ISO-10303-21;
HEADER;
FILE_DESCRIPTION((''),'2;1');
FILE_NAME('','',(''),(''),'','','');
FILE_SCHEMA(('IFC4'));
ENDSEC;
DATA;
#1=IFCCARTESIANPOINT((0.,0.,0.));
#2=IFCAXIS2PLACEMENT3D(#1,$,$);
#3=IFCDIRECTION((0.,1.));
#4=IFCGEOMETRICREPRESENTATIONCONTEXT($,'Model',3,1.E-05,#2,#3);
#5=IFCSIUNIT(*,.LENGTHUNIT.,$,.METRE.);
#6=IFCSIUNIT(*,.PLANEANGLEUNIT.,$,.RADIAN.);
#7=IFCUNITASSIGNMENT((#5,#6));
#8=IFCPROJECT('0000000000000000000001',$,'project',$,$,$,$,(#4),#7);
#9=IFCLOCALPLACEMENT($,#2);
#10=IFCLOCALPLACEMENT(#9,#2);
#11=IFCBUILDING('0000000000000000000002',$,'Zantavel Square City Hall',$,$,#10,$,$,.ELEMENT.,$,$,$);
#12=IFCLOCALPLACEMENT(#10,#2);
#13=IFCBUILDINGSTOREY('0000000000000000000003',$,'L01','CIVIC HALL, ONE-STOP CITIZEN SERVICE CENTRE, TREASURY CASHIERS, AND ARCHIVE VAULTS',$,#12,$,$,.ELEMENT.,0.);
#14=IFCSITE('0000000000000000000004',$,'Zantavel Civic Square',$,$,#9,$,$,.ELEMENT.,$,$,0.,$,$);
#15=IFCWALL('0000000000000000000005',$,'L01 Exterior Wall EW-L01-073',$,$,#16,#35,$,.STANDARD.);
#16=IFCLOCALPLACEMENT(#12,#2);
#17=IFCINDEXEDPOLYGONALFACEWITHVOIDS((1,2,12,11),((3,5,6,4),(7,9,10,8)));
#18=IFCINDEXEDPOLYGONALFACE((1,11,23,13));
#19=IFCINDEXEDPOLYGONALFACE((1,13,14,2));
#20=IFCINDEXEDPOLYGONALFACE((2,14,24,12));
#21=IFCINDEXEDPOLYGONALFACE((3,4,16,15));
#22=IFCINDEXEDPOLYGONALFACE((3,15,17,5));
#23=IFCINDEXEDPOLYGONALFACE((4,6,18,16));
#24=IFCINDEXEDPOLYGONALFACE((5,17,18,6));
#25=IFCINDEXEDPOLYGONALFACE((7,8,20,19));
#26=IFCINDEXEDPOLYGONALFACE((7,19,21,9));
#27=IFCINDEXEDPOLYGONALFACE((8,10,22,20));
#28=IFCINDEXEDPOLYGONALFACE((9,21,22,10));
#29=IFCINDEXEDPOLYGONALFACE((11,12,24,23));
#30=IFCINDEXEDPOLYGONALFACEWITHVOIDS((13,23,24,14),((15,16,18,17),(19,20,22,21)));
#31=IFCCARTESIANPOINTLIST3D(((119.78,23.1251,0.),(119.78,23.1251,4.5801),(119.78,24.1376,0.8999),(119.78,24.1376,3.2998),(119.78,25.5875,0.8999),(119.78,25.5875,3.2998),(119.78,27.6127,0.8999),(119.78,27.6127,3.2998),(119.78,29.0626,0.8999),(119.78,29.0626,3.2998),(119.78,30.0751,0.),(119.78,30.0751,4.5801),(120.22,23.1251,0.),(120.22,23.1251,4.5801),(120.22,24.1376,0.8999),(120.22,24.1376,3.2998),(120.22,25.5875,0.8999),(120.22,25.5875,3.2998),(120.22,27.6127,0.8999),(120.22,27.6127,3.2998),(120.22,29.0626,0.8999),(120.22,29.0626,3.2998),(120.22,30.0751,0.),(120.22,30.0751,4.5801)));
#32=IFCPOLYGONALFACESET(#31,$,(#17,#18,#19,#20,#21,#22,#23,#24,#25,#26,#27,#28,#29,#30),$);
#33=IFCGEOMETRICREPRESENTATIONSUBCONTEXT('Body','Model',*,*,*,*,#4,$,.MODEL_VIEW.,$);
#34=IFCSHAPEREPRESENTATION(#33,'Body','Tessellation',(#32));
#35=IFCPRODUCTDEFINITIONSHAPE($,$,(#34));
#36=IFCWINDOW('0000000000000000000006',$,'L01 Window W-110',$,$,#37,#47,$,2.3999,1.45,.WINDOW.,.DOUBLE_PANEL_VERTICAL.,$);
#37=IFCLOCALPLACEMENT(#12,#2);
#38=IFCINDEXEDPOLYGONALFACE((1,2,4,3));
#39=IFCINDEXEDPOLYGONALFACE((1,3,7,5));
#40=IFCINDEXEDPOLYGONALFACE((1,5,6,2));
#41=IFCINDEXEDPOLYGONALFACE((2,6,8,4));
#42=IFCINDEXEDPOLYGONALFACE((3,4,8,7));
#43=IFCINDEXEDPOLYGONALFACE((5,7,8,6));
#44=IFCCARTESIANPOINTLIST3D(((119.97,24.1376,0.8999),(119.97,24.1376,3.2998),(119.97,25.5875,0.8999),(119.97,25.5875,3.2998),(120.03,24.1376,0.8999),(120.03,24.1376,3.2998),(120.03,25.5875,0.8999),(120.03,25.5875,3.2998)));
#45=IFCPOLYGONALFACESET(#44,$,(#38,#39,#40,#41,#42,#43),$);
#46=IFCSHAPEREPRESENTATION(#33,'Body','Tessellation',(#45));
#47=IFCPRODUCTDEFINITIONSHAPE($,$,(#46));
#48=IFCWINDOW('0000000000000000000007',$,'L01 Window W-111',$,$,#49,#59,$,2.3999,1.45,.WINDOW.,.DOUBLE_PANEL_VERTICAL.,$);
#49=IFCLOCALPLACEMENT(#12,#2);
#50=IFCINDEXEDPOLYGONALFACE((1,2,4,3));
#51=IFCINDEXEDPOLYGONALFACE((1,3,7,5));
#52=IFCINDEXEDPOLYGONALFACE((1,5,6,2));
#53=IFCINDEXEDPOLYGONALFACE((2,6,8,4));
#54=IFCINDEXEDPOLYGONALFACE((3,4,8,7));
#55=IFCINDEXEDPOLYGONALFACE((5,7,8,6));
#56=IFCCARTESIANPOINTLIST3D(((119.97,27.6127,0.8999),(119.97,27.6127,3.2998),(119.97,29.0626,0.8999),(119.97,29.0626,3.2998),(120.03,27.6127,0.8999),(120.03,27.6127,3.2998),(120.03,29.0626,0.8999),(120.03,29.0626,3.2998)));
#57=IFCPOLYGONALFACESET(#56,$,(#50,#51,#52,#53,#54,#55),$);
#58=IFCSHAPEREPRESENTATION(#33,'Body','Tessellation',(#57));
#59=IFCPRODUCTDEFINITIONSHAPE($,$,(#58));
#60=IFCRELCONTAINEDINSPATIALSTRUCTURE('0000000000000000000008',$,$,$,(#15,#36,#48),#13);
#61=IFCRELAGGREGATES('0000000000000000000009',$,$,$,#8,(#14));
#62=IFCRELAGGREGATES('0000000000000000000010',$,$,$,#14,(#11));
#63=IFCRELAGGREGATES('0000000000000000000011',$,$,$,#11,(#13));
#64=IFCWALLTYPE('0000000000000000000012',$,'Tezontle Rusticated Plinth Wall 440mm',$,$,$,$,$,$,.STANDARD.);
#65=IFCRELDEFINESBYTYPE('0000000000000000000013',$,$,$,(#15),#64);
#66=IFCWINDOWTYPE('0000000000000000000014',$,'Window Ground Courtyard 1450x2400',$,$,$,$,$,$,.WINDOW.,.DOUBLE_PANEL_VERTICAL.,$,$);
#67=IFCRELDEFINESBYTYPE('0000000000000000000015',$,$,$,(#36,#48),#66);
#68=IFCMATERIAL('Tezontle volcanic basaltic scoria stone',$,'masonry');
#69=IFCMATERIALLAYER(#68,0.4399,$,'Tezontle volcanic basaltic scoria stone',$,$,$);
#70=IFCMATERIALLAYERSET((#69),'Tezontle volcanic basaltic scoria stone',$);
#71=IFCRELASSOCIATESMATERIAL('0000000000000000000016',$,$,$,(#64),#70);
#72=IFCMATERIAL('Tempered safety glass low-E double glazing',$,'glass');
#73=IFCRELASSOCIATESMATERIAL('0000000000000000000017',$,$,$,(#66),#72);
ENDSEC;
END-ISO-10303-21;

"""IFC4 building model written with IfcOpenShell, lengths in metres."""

from ifc_helpers import new_model, si_unit, direction, frame, frame_2d, origin, place, context, subcontext, project, spatial, rectangle, extrude, material, layer, layer_set, type_object, element, fill, save


model = new_model("IFC4")

# Units and contexts
model_context = context("Model", 3, precision=1e-05, world=origin(), true_north=direction((0.0, 1.0)))
body_context = subcontext(model_context, "Body", "Model", "MODEL_VIEW")
ifc_project = project(units=[si_unit("LENGTHUNIT", "METRE"), si_unit("PLANEANGLEUNIT", "RADIAN")], contexts=[model_context])

# Site, building, storey
site_placement = place(None, origin())
site = spatial("IfcSite", under=ifc_project, at=site_placement, Name="Zantavel Civic Square", CompositionType="ELEMENT", RefElevation=0.0)
building_placement = place(site_placement, origin())
building = spatial("IfcBuilding", under=site, at=building_placement, Name="Zantavel Square City Hall", CompositionType="ELEMENT")
storey_placement = place(building_placement, origin())
storey = spatial("IfcBuildingStorey", under=building, at=storey_placement, Name="L01", Description="CIVIC HALL, ONE-STOP CITIZEN SERVICE CENTRE, TREASURY CASHIERS, AND ARCHIVE VAULTS", CompositionType="ELEMENT", Elevation=0.0)

# Shared definitions
ifc_material_1 = material(Name="Tempered safety glass low-E double glazing", Category="glass")

# Wall, openings, windows
ifc_material_2 = material(Name="Tezontle volcanic basaltic scoria stone", Category="masonry")
ifc_layer_1 = layer(ifc_material_2, 0.4399, Name="Tezontle volcanic basaltic scoria stone")
ifc_layer_set_1 = layer_set([ifc_layer_1], Name="Tezontle volcanic basaltic scoria stone")
wall_type_1 = type_object("IfcWallType", Name="Tezontle Rusticated Plinth Wall 440mm", PredefinedType="STANDARD", material=ifc_layer_set_1)
window_type = type_object("IfcWindowType", Name="Window Ground Courtyard 1450x2400", PartitioningType="DOUBLE_PANEL_VERTICAL", PredefinedType="WINDOW", material=ifc_material_1)
wall_1_placement = place(storey_placement, frame((120.0, 23.125, 0.0), z_axis=(0.0, 0.0, 1.0), x_axis=(0.0, 1.0, 0.0)))
wall_1 = element("IfcWall", 1, at=wall_1_placement, inside=storey, type_object=wall_type_1, Name="L01 Exterior Wall EW-L01-073", PredefinedType="STANDARD", context=body_context, shape_type="SweptSolid", body=[
    extrude(rectangle(XDim=6.95, YDim=0.4399, at=frame_2d((3.4751, 0.0))), origin(), (0.0, 0.0, 1.0), 4.5801),
])
opening_1_placement = place(wall_1_placement, frame((1.0125, 0.0, 0.8999)))
opening_1 = element("IfcOpeningElement", 2, at=opening_1_placement, cuts=wall_1, PredefinedType="OPENING", context=body_context, shape_type="SweptSolid", body=[
    extrude(rectangle(XDim=1.45, YDim=2.3999, at=frame_2d((0.7251, 1.2))), frame((0.0, 0.23, 0.0), z_axis=(0.0, -1.0, 0.0), x_axis=(1.0, 0.0, 0.0)), (0.0, 0.0, 1.0), 0.46),
])
opening_2_placement = place(wall_1_placement, frame((4.4875, 0.0, 0.8999)))
opening_2 = element("IfcOpeningElement", 3, at=opening_2_placement, cuts=wall_1, PredefinedType="OPENING", context=body_context, shape_type="SweptSolid", body=[
    extrude(rectangle(XDim=1.45, YDim=2.3999, at=frame_2d((0.7251, 1.2))), frame((0.0, 0.23, 0.0), z_axis=(0.0, -1.0, 0.0), x_axis=(1.0, 0.0, 0.0)), (0.0, 0.0, 1.0), 0.46),
])
window_1_placement = place(opening_1_placement, origin())
window_1 = element("IfcWindow", 4, at=window_1_placement, inside=storey, type_object=window_type, Name="L01 Window W-110", OverallHeight=2.3999, OverallWidth=1.45, PartitioningType="DOUBLE_PANEL_VERTICAL", PredefinedType="WINDOW", context=body_context, shape_type="SweptSolid", body=[
    extrude(rectangle(XDim=1.45, YDim=2.3999, at=frame_2d((0.7251, 1.2))), frame((0.0, 0.03, 0.0), z_axis=(0.0, -1.0, 0.0), x_axis=(1.0, 0.0, 0.0)), (0.0, 0.0, 1.0), 0.0601),
])
fill(opening_1, window_1)
window_2_placement = place(opening_2_placement, origin())
window_2 = element("IfcWindow", 5, at=window_2_placement, inside=storey, type_object=window_type, Name="L01 Window W-111", OverallHeight=2.3999, OverallWidth=1.45, PartitioningType="DOUBLE_PANEL_VERTICAL", PredefinedType="WINDOW", context=body_context, shape_type="SweptSolid", body=[
    extrude(rectangle(XDim=1.45, YDim=2.3999, at=frame_2d((0.7251, 1.2))), frame((0.0, 0.03, 0.0), z_axis=(0.0, -1.0, 0.0), x_axis=(1.0, 0.0, 0.0)), (0.0, 0.0, 1.0), 0.0601),
])
fill(opening_2, window_2)

save(model, "model.ifc")
